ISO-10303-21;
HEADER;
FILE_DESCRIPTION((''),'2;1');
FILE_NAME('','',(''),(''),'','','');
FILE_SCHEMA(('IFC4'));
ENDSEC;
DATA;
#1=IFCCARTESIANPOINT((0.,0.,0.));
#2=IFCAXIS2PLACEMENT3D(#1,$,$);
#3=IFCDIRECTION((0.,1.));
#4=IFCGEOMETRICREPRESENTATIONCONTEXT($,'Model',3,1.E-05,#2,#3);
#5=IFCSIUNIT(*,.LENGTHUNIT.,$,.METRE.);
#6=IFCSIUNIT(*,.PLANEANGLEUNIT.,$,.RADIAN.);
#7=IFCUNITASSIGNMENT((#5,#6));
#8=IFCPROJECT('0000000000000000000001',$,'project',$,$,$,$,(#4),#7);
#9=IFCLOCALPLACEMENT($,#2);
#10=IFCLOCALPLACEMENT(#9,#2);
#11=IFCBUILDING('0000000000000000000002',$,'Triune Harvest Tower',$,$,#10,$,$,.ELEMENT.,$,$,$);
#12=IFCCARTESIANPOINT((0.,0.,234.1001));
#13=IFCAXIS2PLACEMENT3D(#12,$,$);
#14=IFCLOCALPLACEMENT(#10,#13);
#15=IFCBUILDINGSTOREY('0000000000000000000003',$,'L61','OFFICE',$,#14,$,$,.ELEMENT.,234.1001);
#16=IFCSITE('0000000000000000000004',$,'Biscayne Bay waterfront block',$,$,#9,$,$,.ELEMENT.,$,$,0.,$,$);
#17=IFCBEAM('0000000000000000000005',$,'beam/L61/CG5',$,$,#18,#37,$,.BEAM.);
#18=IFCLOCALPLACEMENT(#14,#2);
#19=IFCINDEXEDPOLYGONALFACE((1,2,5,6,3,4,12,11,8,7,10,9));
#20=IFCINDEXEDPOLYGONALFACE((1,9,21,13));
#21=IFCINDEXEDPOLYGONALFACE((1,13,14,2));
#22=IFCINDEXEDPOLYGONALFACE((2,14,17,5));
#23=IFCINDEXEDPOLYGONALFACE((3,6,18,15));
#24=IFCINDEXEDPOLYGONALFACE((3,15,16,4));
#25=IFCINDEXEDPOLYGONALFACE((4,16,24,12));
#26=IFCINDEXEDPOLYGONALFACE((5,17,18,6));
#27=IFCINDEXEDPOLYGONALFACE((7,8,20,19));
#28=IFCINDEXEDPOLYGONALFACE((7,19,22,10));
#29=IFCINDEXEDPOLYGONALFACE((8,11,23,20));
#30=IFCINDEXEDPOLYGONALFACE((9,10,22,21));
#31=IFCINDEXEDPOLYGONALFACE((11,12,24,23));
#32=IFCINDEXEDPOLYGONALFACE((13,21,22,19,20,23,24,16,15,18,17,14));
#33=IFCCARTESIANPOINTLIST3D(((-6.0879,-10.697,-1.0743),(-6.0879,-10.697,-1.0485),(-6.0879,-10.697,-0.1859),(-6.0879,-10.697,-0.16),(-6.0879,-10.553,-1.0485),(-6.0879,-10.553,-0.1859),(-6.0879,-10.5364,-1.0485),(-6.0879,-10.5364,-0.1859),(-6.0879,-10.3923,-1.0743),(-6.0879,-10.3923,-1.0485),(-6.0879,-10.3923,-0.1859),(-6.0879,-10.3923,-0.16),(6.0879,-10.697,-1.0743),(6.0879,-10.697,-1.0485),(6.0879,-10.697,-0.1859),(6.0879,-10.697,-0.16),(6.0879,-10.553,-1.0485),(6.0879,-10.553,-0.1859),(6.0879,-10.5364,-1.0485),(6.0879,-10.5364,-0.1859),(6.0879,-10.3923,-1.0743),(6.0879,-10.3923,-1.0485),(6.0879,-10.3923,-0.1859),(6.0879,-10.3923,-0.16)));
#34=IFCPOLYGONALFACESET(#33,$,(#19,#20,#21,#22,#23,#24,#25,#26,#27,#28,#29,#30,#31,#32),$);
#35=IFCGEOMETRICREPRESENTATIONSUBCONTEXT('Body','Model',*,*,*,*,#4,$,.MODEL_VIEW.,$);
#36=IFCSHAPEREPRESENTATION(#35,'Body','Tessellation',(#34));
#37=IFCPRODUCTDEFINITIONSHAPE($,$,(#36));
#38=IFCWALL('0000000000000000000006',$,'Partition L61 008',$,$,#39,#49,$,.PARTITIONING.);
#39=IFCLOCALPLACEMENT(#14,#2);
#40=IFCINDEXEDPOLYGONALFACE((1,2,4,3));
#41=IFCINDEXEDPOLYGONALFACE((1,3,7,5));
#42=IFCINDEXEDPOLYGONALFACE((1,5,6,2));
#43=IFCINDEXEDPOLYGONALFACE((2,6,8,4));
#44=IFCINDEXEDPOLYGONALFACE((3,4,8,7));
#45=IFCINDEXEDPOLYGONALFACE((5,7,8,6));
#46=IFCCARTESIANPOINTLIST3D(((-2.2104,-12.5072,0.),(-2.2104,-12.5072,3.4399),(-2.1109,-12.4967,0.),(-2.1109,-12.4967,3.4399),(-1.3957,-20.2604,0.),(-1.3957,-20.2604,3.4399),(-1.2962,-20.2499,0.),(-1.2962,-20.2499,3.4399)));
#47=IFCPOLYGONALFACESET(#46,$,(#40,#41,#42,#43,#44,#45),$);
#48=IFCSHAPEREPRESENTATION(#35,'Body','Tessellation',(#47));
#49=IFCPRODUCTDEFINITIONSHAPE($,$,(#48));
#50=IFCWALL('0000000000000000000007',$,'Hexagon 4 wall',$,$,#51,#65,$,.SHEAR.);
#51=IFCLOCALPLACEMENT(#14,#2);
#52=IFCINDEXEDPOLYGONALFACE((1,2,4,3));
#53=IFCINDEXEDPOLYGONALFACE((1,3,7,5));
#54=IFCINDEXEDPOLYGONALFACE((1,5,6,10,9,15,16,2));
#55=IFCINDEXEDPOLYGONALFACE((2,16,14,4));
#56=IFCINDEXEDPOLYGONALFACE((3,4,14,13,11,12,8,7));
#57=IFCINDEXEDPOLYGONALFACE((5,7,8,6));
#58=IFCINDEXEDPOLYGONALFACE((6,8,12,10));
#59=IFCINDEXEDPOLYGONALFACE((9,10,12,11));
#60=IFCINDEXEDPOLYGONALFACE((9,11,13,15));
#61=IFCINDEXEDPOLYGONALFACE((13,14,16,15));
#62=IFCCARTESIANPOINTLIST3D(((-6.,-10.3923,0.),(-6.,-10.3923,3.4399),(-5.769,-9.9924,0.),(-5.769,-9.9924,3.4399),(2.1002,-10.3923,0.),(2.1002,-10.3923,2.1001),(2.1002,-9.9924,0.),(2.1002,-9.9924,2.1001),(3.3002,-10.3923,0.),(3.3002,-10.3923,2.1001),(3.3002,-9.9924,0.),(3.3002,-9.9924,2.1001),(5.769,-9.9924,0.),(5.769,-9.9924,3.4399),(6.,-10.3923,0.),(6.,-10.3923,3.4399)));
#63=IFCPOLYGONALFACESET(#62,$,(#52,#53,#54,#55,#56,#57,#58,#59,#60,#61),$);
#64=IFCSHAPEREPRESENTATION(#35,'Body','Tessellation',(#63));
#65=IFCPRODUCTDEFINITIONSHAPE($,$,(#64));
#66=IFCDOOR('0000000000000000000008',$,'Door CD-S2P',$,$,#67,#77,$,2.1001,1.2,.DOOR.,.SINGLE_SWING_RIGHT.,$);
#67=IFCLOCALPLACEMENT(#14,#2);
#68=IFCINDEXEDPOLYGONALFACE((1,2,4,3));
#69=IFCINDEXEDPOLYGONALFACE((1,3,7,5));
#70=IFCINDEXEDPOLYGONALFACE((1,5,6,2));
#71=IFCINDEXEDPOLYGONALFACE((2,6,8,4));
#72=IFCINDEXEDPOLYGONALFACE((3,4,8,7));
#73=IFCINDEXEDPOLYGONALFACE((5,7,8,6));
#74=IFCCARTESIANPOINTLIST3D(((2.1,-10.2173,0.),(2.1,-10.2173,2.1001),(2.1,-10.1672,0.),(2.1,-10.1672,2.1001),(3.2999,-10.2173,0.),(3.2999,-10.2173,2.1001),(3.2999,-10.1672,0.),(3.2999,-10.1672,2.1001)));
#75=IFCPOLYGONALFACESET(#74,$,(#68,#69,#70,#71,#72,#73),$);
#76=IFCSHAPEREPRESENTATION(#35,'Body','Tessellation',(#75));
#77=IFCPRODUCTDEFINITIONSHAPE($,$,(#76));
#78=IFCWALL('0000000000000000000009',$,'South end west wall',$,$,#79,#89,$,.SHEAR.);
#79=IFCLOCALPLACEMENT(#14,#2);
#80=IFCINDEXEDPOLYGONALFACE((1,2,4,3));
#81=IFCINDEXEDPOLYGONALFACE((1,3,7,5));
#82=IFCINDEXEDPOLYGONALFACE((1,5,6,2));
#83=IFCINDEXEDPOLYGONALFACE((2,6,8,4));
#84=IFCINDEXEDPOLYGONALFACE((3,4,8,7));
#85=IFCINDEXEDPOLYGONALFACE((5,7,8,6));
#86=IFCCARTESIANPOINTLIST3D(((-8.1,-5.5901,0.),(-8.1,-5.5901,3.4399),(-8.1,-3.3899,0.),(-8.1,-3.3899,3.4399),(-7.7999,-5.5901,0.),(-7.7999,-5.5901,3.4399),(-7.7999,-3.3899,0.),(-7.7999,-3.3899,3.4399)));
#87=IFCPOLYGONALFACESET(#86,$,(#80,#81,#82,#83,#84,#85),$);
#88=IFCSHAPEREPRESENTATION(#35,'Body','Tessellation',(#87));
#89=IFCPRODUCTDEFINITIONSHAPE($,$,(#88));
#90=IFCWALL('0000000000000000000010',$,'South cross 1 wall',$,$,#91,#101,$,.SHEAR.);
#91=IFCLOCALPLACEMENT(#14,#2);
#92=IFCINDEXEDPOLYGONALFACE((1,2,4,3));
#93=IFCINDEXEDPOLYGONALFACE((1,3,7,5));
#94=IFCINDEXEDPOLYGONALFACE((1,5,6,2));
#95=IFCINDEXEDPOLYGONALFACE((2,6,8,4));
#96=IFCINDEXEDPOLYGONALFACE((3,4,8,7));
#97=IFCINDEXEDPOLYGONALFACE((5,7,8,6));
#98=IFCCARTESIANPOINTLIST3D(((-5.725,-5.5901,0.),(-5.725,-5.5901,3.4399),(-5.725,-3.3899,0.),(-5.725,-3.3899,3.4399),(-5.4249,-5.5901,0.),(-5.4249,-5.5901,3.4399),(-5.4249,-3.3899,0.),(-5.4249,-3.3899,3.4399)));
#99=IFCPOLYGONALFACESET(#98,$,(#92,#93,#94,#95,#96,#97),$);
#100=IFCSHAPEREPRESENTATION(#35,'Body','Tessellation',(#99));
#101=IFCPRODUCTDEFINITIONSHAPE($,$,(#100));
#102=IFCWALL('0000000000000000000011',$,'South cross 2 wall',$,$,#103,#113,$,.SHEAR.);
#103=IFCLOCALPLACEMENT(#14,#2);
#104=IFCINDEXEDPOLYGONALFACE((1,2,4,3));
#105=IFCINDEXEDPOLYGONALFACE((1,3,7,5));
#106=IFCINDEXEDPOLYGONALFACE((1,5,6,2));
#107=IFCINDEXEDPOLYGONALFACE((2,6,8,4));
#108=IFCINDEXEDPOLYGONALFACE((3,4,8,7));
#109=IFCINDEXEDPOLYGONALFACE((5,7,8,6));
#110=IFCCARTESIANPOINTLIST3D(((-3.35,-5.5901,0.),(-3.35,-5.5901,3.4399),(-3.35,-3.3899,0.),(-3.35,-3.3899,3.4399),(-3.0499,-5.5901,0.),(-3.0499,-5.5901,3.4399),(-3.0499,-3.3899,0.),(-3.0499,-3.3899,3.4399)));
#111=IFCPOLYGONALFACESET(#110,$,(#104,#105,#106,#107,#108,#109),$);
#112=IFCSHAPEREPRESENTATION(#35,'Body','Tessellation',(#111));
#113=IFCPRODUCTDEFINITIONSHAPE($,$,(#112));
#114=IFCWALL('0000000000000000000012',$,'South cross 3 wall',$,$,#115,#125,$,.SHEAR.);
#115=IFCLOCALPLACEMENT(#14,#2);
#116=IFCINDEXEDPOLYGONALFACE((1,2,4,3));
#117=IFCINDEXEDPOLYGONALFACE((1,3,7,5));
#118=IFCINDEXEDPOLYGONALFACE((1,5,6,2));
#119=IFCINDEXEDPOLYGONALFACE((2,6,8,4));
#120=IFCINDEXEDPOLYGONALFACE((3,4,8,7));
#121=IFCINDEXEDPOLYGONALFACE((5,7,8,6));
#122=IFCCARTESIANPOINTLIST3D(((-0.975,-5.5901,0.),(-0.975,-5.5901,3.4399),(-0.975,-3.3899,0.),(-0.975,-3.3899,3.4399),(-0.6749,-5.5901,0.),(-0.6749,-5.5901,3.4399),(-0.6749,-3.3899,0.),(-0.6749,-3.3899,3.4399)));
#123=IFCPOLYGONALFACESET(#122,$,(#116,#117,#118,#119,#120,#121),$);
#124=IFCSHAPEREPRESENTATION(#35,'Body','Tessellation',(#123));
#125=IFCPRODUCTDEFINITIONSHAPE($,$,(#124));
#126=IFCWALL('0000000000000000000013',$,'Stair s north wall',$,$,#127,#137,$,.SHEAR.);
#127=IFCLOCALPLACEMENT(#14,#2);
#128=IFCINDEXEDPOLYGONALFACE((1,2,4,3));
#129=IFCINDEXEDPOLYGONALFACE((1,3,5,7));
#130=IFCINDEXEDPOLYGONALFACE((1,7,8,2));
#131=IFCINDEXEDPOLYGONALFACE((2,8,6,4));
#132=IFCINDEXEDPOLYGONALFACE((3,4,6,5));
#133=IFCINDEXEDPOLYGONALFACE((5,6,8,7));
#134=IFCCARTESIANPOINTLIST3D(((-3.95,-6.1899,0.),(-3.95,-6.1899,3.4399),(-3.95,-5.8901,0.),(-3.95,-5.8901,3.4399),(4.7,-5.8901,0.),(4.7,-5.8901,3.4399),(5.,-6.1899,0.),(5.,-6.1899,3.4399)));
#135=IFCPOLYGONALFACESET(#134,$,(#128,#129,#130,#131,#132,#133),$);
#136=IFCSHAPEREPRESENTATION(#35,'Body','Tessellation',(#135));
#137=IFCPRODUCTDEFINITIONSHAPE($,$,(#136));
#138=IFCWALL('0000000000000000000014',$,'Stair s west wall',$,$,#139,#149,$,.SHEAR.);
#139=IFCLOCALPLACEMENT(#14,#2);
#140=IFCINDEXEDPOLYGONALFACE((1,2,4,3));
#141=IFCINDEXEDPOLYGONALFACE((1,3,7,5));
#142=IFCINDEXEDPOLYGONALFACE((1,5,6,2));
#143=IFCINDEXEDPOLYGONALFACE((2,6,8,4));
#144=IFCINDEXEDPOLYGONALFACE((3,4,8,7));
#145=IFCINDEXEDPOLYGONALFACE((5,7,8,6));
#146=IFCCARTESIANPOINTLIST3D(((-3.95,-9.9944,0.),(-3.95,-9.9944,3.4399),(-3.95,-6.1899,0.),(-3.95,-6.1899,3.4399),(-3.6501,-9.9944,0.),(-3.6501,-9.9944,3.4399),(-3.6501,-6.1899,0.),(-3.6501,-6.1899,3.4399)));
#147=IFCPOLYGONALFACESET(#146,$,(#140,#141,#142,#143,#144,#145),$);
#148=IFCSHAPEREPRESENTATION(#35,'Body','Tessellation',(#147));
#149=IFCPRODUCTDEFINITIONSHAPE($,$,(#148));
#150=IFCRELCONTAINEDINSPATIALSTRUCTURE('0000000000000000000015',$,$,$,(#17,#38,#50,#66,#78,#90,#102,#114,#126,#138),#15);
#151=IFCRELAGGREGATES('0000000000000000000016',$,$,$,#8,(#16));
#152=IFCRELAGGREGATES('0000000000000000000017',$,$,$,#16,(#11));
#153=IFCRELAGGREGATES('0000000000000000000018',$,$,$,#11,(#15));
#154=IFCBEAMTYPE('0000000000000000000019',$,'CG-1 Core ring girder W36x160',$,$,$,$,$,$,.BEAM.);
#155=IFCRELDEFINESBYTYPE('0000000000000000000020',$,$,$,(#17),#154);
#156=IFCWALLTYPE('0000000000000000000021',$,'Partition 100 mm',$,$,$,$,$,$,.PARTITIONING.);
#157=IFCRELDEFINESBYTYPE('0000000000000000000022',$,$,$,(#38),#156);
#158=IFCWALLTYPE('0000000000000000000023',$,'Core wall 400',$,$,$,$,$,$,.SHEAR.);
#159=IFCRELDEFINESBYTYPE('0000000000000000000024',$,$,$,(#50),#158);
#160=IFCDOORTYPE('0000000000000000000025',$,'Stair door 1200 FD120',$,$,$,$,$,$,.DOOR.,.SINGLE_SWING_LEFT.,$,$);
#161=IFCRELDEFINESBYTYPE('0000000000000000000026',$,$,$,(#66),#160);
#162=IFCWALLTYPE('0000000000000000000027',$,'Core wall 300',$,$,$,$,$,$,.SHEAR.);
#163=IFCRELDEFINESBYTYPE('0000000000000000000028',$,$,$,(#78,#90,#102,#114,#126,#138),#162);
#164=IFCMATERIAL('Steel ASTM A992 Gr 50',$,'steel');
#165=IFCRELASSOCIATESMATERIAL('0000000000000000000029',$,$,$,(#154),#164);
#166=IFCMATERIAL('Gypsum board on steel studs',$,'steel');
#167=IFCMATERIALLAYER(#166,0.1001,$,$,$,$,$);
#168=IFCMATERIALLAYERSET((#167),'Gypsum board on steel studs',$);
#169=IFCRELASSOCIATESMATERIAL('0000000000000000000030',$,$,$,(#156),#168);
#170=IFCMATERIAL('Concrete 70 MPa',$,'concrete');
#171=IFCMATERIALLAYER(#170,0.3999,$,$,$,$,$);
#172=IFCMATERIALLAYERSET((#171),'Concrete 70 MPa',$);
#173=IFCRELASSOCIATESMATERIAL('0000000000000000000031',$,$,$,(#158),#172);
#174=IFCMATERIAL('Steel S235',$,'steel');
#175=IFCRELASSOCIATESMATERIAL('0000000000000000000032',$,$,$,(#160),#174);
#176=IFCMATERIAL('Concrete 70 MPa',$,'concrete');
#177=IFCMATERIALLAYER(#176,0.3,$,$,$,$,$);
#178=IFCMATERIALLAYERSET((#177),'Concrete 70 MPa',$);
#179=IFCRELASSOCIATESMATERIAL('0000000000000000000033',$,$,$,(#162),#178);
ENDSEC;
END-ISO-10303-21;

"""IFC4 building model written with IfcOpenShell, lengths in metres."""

from ifc_helpers import new_model, si_unit, direction, frame, frame_2d, origin, origin_2d, place, context, subcontext, project, spatial, polyline, rectangle, i_section, outline, extrude, source, transform, mapped, material, layer, layer_set, material_profile, profile_set, type_object, element, fill, save


model = new_model("IFC4")

# Units and contexts
model_context = context("Model", 3, precision=1e-05, world=origin(), true_north=direction((0.0, 1.0)))
body_context = subcontext(model_context, "Body", "Model", "MODEL_VIEW")
ifc_project = project(units=[si_unit("LENGTHUNIT", "METRE"), si_unit("PLANEANGLEUNIT", "RADIAN")], contexts=[model_context])

# Site, building, storey
site_placement = place(None, origin())
site = spatial("IfcSite", under=ifc_project, at=site_placement, Name="Biscayne Bay waterfront block", CompositionType="ELEMENT", RefElevation=0.0)
building_placement = place(site_placement, origin())
building = spatial("IfcBuilding", under=site, at=building_placement, Name="Triune Harvest Tower", CompositionType="ELEMENT")
storey_placement = place(building_placement, frame((0.0, 0.0, 234.1001)))
storey = spatial("IfcBuildingStorey", under=building, at=storey_placement, Name="L61", Description="OFFICE", CompositionType="ELEMENT", Elevation=234.1001)

# Beam
ifc_material_1 = material(Name="Steel ASTM A992 Gr 50", Category="steel")
ifc_material_profile = material_profile(ifc_material_1, i_section(OverallWidth=0.3047, OverallDepth=0.9143, WebThickness=0.0166, FlangeThickness=0.0259, at=origin_2d()), Name="W36x160")
ifc_profile_set = profile_set([ifc_material_profile], Name="Steel ASTM A992 Gr 50")
beam_type = type_object("IfcBeamType", Name="CG-1 Core ring girder W36x160", PredefinedType="BEAM", material=ifc_profile_set)
shared_shape_1 = source(origin(), body_context, "Body", "SweptSolid", [
    extrude(i_section(OverallWidth=0.3047, OverallDepth=0.9143, WebThickness=0.0166, FlangeThickness=0.0259, at=origin_2d()), origin(), (0.0, 0.0, 1.0), 12.1758),
])
beam_placement = place(storey_placement, frame((-6.0879, -10.5447, -0.6172), z_axis=(1.0, 0.0, 0.0), x_axis=(0.0, 1.0, 0.0)))
element("IfcBeam", 1, at=beam_placement, inside=storey, type_object=beam_type, Name="beam/L61/CG5", PredefinedType="BEAM", context=body_context, shape_type="MappedRepresentation", body=[
    mapped(shared_shape_1, transform((0.0, 0.0, 0.0), scale=1.0)),
])

# Wall
ifc_material_2 = material(Name="Gypsum board on steel studs", Category="steel")
ifc_layer_1 = layer(ifc_material_2, 0.1001)
ifc_layer_set_1 = layer_set([ifc_layer_1], Name="Gypsum board on steel studs")
wall_type_1 = type_object("IfcWallType", Name="Partition 100 mm", PredefinedType="PARTITIONING", material=ifc_layer_set_1)
wall_1_placement = place(storey_placement, frame((-2.1606, -12.502, 0.0), z_axis=(0.0, 0.0, 1.0), x_axis=(0.104504, -0.994524, 0.0)))
element("IfcWall", 2, at=wall_1_placement, inside=storey, type_object=wall_type_1, Name="Partition L61 008", PredefinedType="PARTITIONING", context=body_context, shape_type="SweptSolid", body=[
    extrude(rectangle(XDim=7.7959, YDim=0.1001, at=frame_2d((3.8979, 0.0))), origin(), (0.0, 0.0, 1.0), 3.4399),
])

# Wall, opening, door
ifc_material_3 = material(Name="Concrete 70 MPa", Category="concrete")
ifc_layer_2 = layer(ifc_material_3, 0.3999)
ifc_layer_set_2 = layer_set([ifc_layer_2], Name="Concrete 70 MPa")
wall_type_2 = type_object("IfcWallType", Name="Core wall 400", PredefinedType="SHEAR", material=ifc_layer_set_2)
shared_shape_2 = source(origin(), body_context, "Body", "SweptSolid", [
    extrude(outline(polyline([(-0.1155, -0.2), (11.8845, -0.2), (11.6536, 0.2), (0.1155, 0.2), (-0.1155, -0.2)])), origin(), (0.0, 0.0, 1.0), 3.4399),
])
wall_2_placement = place(storey_placement, frame((-5.8845, -10.1924, 0.0), z_axis=(0.0, 0.0, 1.0), x_axis=(1.0, 0.0, 0.0)))
wall_2 = element("IfcWall", 3, at=wall_2_placement, inside=storey, type_object=wall_type_2, Name="Hexagon 4 wall", PredefinedType="SHEAR", context=body_context, shape_type="MappedRepresentation", body=[
    mapped(shared_shape_2, transform((0.0, 0.0, 0.0), scale=1.0)),
])
opening_1_placement = place(wall_2_placement, frame((7.9846, 0.0, 0.0)))
opening_1 = element("IfcOpeningElement", 4, at=opening_1_placement, cuts=wall_2, PredefinedType="OPENING", context=body_context, shape_type="SweptSolid", body=[
    extrude(rectangle(XDim=1.2, YDim=2.1001, at=frame_2d((0.6001, 1.05))), frame((0.0, 0.21, 0.0), z_axis=(0.0, -1.0, 0.0), x_axis=(1.0, 0.0, 0.0)), (0.0, 0.0, 1.0), 0.4199),
])
ifc_material_4 = material(Name="Steel S235", Category="steel")
door_type_1 = type_object("IfcDoorType", Name="Stair door 1200 FD120", OperationType="SINGLE_SWING_LEFT", PredefinedType="DOOR", material=ifc_material_4)
door_1_placement = place(opening_1_placement, frame((1.2, 0.0, 0.0), z_axis=(0.0, 0.0, 1.0), x_axis=(-1.0, 0.0, 0.0)))
door_1 = element("IfcDoor", 5, at=door_1_placement, inside=storey, type_object=door_type_1, Name="Door CD-S2P", OperationType="SINGLE_SWING_RIGHT", OverallHeight=2.1001, OverallWidth=1.2, PredefinedType="DOOR", context=body_context, shape_type="SweptSolid", body=[
    extrude(rectangle(XDim=1.2, YDim=2.1001, at=frame_2d((0.6001, 1.05))), frame((0.0, 0.0249, 0.0), z_axis=(0.0, -1.0, 0.0), x_axis=(1.0, 0.0, 0.0)), (0.0, 0.0, 1.0), 0.05),
])
fill(opening_1, door_1)

# Walls
ifc_material_5 = material(Name="Concrete 70 MPa", Category="concrete")
ifc_layer_3 = layer(ifc_material_5, 0.3)
ifc_layer_set_3 = layer_set([ifc_layer_3], Name="Concrete 70 MPa")
wall_type_3 = type_object("IfcWallType", Name="Core wall 300", PredefinedType="SHEAR", material=ifc_layer_set_3)
shared_shape_3 = source(origin(), body_context, "Body", "SweptSolid", [
    extrude(rectangle(XDim=2.2002, YDim=0.3, at=frame_2d((1.1001, 0.0))), origin(), (0.0, 0.0, 1.0), 3.4399),
])
for number, where, z_axis, x_axis, name in (
    (6, (-7.95, -5.5901, 0.0), (0.0, 0.0, 1.0), (0.0, 1.0, 0.0), "South end west wall"),
    (7, (-5.575, -5.5901, 0.0), (0.0, 0.0, 1.0), (0.0, 1.0, 0.0), "South cross 1 wall"),
    (8, (-3.2, -5.5901, 0.0), (0.0, 0.0, 1.0), (0.0, 1.0, 0.0), "South cross 2 wall"),
    (9, (-0.825, -5.5901, 0.0), (0.0, 0.0, 1.0), (0.0, 1.0, 0.0), "South cross 3 wall"),
):
    element("IfcWall", number, at=place(storey_placement, frame(where, z_axis=z_axis, x_axis=x_axis)), inside=storey, type_object=wall_type_3, Name=name, PredefinedType="SHEAR", context=body_context, shape_type="MappedRepresentation", body=[
        mapped(shared_shape_3, transform((0.0, 0.0, 0.0), scale=1.0)),
    ])
shared_shape_4 = source(origin(), body_context, "Body", "SweptSolid", [
    extrude(outline(polyline([(0.0, -0.1499), (8.95, -0.1499), (8.6499, 0.1499), (0.0, 0.1499), (0.0, -0.1499)])), origin(), (0.0, 0.0, 1.0), 3.4399),
])
wall_3_placement = place(storey_placement, frame((-3.95, -6.04, 0.0), z_axis=(0.0, 0.0, 1.0), x_axis=(1.0, 0.0, 0.0)))
element("IfcWall", 10, at=wall_3_placement, inside=storey, type_object=wall_type_3, Name="Stair s north wall", PredefinedType="SHEAR", context=body_context, shape_type="MappedRepresentation", body=[
    mapped(shared_shape_4, transform((0.0, 0.0, 0.0), scale=1.0)),
])
shared_shape_5 = source(origin(), body_context, "Body", "SweptSolid", [
    extrude(outline(polyline([(3.8, -0.1499), (-0.0044, -0.1499), (-0.0044, 0.1499), (3.8, 0.1499), (3.8, -0.1499)])), origin(), (0.0, 0.0, 1.0), 3.4399),
])
wall_4_placement = place(storey_placement, frame((-3.8, -9.99, 0.0), z_axis=(0.0, 0.0, 1.0), x_axis=(0.0, 1.0, 0.0)))
element("IfcWall", 11, at=wall_4_placement, inside=storey, type_object=wall_type_3, Name="Stair s west wall", PredefinedType="SHEAR", context=body_context, shape_type="MappedRepresentation", body=[
    mapped(shared_shape_5, transform((0.0, 0.0, 0.0), scale=1.0)),
])

save(model, "model.ifc")
